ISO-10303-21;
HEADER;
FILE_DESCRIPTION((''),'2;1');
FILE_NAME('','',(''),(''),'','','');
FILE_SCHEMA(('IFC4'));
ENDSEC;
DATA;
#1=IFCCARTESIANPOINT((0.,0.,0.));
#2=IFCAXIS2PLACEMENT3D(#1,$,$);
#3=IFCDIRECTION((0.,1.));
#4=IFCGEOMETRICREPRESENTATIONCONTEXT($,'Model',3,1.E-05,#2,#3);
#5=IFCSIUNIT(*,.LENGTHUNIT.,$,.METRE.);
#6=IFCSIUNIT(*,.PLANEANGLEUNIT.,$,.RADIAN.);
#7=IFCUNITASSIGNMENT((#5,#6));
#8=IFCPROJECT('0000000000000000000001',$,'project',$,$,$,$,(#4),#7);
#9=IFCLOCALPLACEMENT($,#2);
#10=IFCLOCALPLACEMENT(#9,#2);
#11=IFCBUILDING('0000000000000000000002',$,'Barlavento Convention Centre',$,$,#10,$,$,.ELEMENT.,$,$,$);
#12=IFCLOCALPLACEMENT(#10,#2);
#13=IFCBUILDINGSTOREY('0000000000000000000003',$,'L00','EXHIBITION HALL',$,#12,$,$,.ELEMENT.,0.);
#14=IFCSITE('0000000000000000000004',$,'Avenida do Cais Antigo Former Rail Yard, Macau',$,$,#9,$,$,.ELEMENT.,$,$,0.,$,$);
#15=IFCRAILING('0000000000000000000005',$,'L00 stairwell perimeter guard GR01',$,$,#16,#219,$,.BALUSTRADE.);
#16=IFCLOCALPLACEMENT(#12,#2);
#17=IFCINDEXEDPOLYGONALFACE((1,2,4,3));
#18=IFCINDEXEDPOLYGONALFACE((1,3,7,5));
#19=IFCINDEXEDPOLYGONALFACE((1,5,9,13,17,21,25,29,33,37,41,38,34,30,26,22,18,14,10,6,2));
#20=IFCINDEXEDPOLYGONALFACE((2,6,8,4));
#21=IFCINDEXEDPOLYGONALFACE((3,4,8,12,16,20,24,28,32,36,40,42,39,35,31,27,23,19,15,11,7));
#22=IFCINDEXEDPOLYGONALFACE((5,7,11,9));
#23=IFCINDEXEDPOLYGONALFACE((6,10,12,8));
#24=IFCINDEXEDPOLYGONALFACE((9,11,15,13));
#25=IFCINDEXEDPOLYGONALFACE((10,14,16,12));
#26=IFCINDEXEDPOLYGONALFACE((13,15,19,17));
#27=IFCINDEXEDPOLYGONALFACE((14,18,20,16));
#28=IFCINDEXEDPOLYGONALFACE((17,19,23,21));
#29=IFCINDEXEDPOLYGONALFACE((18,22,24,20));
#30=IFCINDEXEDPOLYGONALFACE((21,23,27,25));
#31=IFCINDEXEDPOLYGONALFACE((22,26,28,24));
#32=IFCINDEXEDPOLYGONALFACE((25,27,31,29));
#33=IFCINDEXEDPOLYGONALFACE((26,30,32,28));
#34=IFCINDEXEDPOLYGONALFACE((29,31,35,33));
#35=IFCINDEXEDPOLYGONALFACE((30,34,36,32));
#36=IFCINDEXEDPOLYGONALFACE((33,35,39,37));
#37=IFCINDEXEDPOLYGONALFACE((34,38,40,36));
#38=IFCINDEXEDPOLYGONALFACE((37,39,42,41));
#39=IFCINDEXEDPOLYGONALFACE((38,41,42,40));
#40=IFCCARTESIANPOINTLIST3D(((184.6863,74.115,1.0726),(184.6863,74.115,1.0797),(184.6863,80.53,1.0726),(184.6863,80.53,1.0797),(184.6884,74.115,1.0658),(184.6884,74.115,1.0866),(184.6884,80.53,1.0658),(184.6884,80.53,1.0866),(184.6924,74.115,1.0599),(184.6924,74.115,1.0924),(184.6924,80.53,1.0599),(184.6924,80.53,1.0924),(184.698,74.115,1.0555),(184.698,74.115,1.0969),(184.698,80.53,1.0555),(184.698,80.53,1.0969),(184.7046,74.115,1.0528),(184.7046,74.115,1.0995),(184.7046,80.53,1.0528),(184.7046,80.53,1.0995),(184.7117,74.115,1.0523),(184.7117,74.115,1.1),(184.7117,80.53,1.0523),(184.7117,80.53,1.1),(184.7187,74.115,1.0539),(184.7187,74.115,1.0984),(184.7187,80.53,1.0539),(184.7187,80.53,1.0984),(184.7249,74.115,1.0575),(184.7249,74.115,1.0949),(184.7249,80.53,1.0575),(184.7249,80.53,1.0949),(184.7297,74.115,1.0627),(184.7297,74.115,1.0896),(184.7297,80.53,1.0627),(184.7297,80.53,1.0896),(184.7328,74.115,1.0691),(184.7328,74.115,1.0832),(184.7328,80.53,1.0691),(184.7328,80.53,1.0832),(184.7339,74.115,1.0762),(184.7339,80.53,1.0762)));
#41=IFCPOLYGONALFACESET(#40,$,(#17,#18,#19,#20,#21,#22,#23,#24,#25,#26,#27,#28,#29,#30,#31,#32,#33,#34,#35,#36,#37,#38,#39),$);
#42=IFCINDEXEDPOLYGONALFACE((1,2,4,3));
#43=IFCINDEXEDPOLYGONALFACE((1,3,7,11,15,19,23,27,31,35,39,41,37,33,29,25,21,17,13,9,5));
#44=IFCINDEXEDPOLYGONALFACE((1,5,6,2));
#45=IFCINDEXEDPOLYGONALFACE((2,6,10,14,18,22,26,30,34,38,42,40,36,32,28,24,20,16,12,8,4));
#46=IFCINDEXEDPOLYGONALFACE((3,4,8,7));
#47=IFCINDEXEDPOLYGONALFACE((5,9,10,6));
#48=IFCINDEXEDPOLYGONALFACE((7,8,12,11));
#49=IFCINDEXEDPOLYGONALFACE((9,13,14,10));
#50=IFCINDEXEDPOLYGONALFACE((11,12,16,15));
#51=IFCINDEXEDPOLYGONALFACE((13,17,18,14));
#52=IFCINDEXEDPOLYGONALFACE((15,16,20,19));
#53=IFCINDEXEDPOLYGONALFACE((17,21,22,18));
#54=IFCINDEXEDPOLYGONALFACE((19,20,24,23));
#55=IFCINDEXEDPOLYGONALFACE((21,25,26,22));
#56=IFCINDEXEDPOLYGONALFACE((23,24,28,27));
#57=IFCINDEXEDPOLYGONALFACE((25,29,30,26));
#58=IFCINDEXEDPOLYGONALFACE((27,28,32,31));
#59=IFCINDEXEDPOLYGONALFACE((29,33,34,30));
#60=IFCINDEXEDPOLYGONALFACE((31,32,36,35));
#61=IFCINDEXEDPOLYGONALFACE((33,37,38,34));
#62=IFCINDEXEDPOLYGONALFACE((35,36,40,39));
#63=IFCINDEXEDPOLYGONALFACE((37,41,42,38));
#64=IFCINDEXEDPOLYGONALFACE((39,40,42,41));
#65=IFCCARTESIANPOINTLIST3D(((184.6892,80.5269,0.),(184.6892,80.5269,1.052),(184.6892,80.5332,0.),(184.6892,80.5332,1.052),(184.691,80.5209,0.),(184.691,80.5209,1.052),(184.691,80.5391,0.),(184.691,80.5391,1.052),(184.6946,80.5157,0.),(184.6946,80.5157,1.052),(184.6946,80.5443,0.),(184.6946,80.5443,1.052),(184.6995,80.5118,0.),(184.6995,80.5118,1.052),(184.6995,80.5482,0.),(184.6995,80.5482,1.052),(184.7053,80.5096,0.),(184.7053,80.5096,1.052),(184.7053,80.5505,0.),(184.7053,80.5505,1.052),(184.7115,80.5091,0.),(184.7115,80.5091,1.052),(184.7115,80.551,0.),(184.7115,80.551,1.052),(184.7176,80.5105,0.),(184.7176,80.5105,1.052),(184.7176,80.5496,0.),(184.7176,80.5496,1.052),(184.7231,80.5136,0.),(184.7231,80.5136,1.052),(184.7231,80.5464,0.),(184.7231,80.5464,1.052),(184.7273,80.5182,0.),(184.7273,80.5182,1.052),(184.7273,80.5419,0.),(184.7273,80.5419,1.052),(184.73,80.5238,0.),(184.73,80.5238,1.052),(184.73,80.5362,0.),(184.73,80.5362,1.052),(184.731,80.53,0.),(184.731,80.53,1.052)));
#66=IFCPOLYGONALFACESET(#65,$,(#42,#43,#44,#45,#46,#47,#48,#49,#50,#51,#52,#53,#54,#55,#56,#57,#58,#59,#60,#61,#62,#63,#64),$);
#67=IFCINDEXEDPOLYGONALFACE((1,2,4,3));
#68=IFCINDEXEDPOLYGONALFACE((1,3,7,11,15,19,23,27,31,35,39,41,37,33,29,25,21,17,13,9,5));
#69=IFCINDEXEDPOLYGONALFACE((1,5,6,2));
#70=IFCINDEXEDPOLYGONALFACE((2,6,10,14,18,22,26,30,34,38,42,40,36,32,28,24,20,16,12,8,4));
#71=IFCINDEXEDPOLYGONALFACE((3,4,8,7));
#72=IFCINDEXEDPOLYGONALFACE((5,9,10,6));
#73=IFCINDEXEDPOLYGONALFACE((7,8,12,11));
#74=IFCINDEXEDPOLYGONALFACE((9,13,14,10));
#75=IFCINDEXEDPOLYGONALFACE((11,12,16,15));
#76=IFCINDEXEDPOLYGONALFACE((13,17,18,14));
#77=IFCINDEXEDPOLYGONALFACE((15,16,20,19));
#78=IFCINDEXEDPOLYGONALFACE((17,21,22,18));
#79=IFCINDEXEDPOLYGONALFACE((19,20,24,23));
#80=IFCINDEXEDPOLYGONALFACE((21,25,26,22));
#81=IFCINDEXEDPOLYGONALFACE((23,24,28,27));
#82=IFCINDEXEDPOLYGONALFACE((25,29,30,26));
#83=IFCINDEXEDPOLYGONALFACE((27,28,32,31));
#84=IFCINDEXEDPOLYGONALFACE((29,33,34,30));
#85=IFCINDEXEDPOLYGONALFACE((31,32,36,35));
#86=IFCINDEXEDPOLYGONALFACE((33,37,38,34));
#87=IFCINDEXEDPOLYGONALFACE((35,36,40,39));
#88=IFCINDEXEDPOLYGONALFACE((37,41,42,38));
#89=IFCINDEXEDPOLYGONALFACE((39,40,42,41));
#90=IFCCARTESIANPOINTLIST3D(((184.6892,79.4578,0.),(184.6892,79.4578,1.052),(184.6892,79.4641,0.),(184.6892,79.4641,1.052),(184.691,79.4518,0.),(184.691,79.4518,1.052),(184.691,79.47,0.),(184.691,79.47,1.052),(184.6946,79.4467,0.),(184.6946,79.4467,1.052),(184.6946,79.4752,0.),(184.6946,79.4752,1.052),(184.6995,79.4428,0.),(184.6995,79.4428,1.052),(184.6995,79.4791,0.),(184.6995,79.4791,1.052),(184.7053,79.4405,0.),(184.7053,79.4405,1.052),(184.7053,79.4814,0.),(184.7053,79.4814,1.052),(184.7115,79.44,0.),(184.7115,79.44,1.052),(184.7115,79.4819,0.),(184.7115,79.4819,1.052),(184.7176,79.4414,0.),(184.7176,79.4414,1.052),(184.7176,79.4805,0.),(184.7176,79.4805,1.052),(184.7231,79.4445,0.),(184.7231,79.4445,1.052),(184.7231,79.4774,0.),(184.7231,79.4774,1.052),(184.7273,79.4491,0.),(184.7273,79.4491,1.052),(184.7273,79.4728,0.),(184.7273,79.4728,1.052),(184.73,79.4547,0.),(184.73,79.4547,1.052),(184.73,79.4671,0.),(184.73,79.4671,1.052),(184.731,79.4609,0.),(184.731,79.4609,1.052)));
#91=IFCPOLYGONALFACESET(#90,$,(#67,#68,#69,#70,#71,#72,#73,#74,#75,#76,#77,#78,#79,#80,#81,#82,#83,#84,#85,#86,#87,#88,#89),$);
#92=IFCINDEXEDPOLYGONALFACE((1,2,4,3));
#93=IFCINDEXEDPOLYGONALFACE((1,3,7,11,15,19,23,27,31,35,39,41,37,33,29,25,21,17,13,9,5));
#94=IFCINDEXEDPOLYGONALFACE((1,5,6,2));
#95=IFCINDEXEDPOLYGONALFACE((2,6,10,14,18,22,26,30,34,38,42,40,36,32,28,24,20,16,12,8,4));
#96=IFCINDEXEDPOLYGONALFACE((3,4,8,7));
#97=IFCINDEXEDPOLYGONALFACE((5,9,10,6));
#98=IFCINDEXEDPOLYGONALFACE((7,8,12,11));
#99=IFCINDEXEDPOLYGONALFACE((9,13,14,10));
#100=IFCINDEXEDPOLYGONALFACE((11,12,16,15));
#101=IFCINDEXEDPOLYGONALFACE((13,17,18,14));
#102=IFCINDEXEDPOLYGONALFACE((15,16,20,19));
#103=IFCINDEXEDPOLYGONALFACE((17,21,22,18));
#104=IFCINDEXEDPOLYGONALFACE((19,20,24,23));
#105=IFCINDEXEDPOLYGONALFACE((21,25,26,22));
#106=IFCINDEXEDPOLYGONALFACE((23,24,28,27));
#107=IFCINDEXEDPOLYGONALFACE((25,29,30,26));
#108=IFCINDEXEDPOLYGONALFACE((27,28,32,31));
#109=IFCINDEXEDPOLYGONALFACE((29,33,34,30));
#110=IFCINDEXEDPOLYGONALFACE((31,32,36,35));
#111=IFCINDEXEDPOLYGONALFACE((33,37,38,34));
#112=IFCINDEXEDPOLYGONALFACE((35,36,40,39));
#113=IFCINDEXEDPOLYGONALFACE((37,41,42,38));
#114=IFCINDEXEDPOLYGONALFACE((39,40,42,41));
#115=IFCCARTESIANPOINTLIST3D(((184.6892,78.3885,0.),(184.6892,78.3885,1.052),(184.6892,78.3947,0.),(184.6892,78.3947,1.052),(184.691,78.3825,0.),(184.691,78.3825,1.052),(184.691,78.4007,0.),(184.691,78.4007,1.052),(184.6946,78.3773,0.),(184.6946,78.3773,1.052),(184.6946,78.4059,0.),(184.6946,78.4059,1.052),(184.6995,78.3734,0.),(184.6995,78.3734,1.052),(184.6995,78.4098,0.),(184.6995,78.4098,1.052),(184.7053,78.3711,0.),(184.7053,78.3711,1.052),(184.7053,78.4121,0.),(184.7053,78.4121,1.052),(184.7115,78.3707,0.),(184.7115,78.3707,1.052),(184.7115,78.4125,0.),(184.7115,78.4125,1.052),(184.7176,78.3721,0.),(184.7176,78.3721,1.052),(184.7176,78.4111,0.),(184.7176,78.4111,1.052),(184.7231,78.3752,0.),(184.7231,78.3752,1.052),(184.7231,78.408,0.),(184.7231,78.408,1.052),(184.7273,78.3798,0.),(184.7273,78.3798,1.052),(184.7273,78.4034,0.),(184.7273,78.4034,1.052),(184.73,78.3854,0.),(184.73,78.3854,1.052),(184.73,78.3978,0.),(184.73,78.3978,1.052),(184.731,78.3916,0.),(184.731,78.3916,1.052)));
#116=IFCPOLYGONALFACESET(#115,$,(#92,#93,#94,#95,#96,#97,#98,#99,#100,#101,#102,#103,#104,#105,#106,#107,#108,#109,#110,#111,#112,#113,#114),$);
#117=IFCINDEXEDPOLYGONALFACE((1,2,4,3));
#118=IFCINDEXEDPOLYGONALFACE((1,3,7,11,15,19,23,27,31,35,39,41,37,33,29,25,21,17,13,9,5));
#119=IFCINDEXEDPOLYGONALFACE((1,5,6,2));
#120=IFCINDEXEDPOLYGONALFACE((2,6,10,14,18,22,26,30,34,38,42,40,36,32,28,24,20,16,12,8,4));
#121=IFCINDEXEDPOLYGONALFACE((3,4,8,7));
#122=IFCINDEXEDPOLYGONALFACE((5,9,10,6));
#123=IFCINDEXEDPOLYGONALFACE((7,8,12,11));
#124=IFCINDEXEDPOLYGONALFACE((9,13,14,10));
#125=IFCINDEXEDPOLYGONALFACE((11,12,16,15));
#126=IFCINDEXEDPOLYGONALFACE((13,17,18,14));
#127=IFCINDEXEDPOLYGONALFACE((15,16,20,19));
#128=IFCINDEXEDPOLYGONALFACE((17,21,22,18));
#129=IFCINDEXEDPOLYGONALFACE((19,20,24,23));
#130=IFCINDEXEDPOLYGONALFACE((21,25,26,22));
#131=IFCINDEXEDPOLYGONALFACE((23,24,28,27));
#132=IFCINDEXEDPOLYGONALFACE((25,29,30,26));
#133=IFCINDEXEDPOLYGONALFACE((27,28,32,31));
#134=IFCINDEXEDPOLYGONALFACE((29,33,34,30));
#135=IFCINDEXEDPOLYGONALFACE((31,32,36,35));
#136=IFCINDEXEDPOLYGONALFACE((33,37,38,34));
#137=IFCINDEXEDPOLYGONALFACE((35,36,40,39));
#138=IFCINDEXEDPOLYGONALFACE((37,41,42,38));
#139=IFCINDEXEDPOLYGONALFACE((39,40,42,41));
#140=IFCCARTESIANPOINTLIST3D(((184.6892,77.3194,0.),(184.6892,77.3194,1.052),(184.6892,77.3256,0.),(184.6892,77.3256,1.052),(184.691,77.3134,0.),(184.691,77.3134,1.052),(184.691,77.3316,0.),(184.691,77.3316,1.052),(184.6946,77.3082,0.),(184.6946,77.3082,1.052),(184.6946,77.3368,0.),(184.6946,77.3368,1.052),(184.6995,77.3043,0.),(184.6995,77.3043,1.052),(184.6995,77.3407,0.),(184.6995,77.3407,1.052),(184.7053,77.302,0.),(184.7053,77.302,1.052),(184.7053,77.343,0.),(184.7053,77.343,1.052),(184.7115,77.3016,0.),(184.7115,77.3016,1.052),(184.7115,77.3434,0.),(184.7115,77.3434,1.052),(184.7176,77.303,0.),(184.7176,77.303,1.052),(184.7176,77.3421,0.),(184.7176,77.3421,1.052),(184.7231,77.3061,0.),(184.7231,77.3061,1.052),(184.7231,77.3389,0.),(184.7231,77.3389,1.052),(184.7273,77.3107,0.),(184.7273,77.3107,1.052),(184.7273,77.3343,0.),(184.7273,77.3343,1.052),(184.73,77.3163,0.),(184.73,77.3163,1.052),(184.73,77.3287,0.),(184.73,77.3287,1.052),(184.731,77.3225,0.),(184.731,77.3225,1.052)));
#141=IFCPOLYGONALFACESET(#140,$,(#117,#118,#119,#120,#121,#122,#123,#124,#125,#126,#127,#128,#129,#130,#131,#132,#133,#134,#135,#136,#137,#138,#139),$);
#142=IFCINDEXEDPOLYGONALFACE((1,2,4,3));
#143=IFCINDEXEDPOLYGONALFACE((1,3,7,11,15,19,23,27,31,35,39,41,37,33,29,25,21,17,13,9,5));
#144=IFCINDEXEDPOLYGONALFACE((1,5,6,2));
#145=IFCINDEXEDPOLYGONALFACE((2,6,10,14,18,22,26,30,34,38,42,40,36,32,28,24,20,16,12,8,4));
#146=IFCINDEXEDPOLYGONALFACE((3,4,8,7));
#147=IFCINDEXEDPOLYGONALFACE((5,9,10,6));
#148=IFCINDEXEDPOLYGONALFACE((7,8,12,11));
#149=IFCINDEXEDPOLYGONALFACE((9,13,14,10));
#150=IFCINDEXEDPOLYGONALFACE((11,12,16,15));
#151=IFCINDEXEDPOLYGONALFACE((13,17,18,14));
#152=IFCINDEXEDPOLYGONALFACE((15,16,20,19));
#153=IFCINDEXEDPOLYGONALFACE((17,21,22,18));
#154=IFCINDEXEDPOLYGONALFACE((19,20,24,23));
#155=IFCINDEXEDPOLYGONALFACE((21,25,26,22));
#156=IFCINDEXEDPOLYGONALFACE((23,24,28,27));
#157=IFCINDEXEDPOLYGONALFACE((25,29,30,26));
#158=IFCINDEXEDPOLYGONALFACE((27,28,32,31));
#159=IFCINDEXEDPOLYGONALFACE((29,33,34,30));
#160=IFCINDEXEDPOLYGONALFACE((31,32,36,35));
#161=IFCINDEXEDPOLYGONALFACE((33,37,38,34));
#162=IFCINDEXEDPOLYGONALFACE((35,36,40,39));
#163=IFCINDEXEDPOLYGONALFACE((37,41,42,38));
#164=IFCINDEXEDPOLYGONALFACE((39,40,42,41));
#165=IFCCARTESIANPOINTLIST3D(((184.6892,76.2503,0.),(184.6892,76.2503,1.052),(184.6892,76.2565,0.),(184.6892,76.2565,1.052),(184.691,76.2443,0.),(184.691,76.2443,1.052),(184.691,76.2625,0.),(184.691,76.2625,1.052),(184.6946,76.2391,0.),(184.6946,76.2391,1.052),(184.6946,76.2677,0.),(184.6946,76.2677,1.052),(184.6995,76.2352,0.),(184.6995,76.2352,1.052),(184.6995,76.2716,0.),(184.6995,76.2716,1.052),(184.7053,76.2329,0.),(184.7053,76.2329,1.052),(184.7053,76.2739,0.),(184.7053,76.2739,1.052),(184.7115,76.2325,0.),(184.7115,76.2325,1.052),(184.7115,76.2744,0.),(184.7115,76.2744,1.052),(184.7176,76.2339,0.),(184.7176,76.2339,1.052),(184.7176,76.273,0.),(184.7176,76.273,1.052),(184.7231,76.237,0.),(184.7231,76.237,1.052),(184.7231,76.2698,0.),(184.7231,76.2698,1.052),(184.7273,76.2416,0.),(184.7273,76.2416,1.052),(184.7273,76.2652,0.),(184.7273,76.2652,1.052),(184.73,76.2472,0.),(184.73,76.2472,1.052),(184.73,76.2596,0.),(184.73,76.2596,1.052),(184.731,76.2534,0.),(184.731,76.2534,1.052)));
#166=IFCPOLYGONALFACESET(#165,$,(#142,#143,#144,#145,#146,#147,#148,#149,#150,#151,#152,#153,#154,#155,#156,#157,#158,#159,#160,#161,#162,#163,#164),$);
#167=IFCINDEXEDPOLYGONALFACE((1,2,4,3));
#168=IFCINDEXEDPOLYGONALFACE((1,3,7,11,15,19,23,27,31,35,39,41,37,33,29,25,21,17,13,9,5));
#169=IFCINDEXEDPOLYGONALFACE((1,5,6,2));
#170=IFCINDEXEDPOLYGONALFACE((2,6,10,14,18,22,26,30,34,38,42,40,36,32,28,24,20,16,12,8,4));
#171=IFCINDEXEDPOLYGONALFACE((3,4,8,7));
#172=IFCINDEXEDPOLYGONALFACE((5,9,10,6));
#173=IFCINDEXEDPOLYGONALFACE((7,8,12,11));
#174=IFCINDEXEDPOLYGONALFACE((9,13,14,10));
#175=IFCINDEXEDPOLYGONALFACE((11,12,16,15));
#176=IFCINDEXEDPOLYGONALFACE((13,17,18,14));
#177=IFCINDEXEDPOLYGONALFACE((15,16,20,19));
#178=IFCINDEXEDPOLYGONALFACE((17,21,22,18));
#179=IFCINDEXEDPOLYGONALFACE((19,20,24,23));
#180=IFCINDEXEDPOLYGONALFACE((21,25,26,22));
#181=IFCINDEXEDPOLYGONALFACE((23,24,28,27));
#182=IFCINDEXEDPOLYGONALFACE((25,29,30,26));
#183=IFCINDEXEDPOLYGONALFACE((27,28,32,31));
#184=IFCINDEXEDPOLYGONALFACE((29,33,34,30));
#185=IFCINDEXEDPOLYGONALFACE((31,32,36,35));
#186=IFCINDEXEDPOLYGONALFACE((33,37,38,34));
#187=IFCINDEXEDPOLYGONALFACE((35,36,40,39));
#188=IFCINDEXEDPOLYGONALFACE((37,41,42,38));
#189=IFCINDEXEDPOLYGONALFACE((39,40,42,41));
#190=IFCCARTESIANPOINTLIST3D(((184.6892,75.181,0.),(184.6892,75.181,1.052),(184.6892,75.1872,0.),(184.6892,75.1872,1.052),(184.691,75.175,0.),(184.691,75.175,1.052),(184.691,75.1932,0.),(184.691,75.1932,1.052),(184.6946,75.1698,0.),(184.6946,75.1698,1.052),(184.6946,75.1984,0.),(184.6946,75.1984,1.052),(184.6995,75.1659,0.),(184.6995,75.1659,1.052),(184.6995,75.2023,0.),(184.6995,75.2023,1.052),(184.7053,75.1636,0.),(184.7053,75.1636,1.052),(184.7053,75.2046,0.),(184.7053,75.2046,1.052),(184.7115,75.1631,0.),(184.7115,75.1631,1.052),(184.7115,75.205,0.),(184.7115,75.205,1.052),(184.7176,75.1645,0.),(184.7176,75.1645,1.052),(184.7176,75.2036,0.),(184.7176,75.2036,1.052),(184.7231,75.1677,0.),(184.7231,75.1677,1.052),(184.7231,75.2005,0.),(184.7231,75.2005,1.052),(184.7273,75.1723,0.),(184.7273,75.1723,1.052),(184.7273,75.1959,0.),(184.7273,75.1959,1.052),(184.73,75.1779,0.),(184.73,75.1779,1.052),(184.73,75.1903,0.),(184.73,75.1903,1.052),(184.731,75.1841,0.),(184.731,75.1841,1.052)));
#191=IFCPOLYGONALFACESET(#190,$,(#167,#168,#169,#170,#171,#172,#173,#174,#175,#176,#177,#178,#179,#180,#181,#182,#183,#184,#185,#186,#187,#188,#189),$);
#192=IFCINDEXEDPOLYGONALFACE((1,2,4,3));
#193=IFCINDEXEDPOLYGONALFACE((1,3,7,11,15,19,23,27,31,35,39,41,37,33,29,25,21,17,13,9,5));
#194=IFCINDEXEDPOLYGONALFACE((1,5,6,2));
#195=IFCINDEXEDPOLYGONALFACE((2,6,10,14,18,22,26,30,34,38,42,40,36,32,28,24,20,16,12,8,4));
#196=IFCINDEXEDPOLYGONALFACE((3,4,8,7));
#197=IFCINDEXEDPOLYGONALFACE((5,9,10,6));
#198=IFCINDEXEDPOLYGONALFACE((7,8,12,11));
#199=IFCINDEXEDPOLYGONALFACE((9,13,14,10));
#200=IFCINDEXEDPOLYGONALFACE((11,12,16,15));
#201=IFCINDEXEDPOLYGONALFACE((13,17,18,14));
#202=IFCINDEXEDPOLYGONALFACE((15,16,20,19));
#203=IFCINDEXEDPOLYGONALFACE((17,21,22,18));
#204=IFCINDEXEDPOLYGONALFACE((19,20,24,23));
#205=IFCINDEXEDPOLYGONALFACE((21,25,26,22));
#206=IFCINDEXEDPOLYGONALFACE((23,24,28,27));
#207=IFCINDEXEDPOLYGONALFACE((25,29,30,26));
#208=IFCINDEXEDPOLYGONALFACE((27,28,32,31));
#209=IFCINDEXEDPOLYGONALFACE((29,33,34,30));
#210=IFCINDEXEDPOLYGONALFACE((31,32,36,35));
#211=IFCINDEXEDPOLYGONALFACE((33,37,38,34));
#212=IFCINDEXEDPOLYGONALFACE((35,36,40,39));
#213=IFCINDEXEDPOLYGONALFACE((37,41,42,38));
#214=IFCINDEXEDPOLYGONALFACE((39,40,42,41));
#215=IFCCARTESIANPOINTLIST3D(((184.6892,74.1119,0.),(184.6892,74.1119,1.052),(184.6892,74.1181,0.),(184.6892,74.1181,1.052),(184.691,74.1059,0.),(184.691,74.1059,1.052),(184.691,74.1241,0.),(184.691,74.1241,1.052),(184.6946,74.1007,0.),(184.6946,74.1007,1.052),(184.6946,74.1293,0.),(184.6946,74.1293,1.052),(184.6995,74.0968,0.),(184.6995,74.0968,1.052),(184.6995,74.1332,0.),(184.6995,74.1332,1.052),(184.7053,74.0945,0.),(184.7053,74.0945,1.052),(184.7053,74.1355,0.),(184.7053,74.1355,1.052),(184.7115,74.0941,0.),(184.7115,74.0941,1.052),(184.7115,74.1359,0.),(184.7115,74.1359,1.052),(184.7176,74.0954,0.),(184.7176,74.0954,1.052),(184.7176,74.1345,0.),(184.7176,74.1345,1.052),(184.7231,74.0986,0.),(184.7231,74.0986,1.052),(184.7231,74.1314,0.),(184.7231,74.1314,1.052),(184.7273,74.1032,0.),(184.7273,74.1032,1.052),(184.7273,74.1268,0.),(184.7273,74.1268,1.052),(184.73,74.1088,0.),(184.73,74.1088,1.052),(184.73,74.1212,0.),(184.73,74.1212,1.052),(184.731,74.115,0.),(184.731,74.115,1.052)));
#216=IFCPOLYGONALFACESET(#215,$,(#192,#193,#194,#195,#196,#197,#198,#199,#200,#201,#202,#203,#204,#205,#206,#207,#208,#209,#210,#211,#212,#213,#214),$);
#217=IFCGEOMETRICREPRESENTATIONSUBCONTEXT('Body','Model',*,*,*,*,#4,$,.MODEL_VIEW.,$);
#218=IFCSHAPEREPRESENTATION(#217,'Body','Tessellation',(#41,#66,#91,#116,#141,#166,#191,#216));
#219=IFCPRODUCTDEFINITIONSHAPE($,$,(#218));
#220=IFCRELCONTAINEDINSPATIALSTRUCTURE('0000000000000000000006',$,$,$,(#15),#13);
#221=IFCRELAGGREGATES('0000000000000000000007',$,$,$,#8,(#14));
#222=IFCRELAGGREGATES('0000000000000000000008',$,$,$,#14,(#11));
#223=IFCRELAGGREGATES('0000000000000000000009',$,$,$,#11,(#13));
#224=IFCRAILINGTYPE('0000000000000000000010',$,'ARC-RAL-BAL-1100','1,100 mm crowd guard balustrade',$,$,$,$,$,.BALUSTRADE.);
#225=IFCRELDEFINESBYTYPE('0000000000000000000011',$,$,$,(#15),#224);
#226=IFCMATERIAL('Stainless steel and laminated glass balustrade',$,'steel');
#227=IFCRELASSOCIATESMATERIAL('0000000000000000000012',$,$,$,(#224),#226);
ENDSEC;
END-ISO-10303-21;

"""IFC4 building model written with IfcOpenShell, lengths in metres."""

from ifc_helpers import new_model, si_unit, direction, frame, origin, origin_2d, place, context, subcontext, project, spatial, circle, extrude, material, type_object, element, save


model = new_model("IFC4")

# Units and contexts
model_context = context("Model", 3, precision=1e-05, world=origin(), true_north=direction((0.0, 1.0)))
body_context = subcontext(model_context, "Body", "Model", "MODEL_VIEW")
ifc_project = project(units=[si_unit("LENGTHUNIT", "METRE"), si_unit("PLANEANGLEUNIT", "RADIAN")], contexts=[model_context])

# Site, building, storey
site_placement = place(None, origin())
site = spatial("IfcSite", under=ifc_project, at=site_placement, Name="Avenida do Cais Antigo Former Rail Yard, Macau", CompositionType="ELEMENT", RefElevation=0.0)
building_placement = place(site_placement, origin())
building = spatial("IfcBuilding", under=site, at=building_placement, Name="Barlavento Convention Centre", CompositionType="ELEMENT")
storey_placement = place(building_placement, origin())
storey = spatial("IfcBuildingStorey", under=building, at=storey_placement, Name="L00", Description="EXHIBITION HALL", CompositionType="ELEMENT", Elevation=0.0)

# Railing
ifc_material_1 = material(Name="Stainless steel and laminated glass balustrade", Category="steel")
railing_type = type_object("IfcRailingType", Name="ARC-RAL-BAL-1100", Description="1,100 mm crowd guard balustrade", PredefinedType="BALUSTRADE", material=ifc_material_1)
railing_1_placement = place(storey_placement, frame((184.71, 80.53, 0.0)))
element("IfcRailing", 1, at=railing_1_placement, inside=storey, type_object=railing_type, Name="L00 stairwell perimeter guard GR01", PredefinedType="BALUSTRADE", context=body_context, shape_type="SweptSolid", body=[
    extrude(circle(Radius=0.0239, at=origin_2d()), frame((0.0, 0.0, 1.0762), z_axis=(0.0, -1.0, 0.0), x_axis=(1.0, 0.0, 0.0)), (0.0, 0.0, 1.0), 6.415),
    extrude(circle(Radius=0.021, at=origin_2d()), origin(), (0.0, 0.0, 1.0), 1.052),
    extrude(circle(Radius=0.021, at=origin_2d()), frame((0.0, -1.0691, 0.0)), (0.0, 0.0, 1.0), 1.052),
    extrude(circle(Radius=0.021, at=origin_2d()), frame((0.0, -2.1384, 0.0)), (0.0, 0.0, 1.0), 1.052),
    extrude(circle(Radius=0.021, at=origin_2d()), frame((0.0, -3.2075, 0.0)), (0.0, 0.0, 1.0), 1.052),
    extrude(circle(Radius=0.021, at=origin_2d()), frame((0.0, -4.2766, 0.0)), (0.0, 0.0, 1.0), 1.052),
    extrude(circle(Radius=0.021, at=origin_2d()), frame((0.0, -5.3459, 0.0)), (0.0, 0.0, 1.0), 1.052),
    extrude(circle(Radius=0.021, at=origin_2d()), frame((0.0, -6.415, 0.0)), (0.0, 0.0, 1.0), 1.052),
])

save(model, "model.ifc")
